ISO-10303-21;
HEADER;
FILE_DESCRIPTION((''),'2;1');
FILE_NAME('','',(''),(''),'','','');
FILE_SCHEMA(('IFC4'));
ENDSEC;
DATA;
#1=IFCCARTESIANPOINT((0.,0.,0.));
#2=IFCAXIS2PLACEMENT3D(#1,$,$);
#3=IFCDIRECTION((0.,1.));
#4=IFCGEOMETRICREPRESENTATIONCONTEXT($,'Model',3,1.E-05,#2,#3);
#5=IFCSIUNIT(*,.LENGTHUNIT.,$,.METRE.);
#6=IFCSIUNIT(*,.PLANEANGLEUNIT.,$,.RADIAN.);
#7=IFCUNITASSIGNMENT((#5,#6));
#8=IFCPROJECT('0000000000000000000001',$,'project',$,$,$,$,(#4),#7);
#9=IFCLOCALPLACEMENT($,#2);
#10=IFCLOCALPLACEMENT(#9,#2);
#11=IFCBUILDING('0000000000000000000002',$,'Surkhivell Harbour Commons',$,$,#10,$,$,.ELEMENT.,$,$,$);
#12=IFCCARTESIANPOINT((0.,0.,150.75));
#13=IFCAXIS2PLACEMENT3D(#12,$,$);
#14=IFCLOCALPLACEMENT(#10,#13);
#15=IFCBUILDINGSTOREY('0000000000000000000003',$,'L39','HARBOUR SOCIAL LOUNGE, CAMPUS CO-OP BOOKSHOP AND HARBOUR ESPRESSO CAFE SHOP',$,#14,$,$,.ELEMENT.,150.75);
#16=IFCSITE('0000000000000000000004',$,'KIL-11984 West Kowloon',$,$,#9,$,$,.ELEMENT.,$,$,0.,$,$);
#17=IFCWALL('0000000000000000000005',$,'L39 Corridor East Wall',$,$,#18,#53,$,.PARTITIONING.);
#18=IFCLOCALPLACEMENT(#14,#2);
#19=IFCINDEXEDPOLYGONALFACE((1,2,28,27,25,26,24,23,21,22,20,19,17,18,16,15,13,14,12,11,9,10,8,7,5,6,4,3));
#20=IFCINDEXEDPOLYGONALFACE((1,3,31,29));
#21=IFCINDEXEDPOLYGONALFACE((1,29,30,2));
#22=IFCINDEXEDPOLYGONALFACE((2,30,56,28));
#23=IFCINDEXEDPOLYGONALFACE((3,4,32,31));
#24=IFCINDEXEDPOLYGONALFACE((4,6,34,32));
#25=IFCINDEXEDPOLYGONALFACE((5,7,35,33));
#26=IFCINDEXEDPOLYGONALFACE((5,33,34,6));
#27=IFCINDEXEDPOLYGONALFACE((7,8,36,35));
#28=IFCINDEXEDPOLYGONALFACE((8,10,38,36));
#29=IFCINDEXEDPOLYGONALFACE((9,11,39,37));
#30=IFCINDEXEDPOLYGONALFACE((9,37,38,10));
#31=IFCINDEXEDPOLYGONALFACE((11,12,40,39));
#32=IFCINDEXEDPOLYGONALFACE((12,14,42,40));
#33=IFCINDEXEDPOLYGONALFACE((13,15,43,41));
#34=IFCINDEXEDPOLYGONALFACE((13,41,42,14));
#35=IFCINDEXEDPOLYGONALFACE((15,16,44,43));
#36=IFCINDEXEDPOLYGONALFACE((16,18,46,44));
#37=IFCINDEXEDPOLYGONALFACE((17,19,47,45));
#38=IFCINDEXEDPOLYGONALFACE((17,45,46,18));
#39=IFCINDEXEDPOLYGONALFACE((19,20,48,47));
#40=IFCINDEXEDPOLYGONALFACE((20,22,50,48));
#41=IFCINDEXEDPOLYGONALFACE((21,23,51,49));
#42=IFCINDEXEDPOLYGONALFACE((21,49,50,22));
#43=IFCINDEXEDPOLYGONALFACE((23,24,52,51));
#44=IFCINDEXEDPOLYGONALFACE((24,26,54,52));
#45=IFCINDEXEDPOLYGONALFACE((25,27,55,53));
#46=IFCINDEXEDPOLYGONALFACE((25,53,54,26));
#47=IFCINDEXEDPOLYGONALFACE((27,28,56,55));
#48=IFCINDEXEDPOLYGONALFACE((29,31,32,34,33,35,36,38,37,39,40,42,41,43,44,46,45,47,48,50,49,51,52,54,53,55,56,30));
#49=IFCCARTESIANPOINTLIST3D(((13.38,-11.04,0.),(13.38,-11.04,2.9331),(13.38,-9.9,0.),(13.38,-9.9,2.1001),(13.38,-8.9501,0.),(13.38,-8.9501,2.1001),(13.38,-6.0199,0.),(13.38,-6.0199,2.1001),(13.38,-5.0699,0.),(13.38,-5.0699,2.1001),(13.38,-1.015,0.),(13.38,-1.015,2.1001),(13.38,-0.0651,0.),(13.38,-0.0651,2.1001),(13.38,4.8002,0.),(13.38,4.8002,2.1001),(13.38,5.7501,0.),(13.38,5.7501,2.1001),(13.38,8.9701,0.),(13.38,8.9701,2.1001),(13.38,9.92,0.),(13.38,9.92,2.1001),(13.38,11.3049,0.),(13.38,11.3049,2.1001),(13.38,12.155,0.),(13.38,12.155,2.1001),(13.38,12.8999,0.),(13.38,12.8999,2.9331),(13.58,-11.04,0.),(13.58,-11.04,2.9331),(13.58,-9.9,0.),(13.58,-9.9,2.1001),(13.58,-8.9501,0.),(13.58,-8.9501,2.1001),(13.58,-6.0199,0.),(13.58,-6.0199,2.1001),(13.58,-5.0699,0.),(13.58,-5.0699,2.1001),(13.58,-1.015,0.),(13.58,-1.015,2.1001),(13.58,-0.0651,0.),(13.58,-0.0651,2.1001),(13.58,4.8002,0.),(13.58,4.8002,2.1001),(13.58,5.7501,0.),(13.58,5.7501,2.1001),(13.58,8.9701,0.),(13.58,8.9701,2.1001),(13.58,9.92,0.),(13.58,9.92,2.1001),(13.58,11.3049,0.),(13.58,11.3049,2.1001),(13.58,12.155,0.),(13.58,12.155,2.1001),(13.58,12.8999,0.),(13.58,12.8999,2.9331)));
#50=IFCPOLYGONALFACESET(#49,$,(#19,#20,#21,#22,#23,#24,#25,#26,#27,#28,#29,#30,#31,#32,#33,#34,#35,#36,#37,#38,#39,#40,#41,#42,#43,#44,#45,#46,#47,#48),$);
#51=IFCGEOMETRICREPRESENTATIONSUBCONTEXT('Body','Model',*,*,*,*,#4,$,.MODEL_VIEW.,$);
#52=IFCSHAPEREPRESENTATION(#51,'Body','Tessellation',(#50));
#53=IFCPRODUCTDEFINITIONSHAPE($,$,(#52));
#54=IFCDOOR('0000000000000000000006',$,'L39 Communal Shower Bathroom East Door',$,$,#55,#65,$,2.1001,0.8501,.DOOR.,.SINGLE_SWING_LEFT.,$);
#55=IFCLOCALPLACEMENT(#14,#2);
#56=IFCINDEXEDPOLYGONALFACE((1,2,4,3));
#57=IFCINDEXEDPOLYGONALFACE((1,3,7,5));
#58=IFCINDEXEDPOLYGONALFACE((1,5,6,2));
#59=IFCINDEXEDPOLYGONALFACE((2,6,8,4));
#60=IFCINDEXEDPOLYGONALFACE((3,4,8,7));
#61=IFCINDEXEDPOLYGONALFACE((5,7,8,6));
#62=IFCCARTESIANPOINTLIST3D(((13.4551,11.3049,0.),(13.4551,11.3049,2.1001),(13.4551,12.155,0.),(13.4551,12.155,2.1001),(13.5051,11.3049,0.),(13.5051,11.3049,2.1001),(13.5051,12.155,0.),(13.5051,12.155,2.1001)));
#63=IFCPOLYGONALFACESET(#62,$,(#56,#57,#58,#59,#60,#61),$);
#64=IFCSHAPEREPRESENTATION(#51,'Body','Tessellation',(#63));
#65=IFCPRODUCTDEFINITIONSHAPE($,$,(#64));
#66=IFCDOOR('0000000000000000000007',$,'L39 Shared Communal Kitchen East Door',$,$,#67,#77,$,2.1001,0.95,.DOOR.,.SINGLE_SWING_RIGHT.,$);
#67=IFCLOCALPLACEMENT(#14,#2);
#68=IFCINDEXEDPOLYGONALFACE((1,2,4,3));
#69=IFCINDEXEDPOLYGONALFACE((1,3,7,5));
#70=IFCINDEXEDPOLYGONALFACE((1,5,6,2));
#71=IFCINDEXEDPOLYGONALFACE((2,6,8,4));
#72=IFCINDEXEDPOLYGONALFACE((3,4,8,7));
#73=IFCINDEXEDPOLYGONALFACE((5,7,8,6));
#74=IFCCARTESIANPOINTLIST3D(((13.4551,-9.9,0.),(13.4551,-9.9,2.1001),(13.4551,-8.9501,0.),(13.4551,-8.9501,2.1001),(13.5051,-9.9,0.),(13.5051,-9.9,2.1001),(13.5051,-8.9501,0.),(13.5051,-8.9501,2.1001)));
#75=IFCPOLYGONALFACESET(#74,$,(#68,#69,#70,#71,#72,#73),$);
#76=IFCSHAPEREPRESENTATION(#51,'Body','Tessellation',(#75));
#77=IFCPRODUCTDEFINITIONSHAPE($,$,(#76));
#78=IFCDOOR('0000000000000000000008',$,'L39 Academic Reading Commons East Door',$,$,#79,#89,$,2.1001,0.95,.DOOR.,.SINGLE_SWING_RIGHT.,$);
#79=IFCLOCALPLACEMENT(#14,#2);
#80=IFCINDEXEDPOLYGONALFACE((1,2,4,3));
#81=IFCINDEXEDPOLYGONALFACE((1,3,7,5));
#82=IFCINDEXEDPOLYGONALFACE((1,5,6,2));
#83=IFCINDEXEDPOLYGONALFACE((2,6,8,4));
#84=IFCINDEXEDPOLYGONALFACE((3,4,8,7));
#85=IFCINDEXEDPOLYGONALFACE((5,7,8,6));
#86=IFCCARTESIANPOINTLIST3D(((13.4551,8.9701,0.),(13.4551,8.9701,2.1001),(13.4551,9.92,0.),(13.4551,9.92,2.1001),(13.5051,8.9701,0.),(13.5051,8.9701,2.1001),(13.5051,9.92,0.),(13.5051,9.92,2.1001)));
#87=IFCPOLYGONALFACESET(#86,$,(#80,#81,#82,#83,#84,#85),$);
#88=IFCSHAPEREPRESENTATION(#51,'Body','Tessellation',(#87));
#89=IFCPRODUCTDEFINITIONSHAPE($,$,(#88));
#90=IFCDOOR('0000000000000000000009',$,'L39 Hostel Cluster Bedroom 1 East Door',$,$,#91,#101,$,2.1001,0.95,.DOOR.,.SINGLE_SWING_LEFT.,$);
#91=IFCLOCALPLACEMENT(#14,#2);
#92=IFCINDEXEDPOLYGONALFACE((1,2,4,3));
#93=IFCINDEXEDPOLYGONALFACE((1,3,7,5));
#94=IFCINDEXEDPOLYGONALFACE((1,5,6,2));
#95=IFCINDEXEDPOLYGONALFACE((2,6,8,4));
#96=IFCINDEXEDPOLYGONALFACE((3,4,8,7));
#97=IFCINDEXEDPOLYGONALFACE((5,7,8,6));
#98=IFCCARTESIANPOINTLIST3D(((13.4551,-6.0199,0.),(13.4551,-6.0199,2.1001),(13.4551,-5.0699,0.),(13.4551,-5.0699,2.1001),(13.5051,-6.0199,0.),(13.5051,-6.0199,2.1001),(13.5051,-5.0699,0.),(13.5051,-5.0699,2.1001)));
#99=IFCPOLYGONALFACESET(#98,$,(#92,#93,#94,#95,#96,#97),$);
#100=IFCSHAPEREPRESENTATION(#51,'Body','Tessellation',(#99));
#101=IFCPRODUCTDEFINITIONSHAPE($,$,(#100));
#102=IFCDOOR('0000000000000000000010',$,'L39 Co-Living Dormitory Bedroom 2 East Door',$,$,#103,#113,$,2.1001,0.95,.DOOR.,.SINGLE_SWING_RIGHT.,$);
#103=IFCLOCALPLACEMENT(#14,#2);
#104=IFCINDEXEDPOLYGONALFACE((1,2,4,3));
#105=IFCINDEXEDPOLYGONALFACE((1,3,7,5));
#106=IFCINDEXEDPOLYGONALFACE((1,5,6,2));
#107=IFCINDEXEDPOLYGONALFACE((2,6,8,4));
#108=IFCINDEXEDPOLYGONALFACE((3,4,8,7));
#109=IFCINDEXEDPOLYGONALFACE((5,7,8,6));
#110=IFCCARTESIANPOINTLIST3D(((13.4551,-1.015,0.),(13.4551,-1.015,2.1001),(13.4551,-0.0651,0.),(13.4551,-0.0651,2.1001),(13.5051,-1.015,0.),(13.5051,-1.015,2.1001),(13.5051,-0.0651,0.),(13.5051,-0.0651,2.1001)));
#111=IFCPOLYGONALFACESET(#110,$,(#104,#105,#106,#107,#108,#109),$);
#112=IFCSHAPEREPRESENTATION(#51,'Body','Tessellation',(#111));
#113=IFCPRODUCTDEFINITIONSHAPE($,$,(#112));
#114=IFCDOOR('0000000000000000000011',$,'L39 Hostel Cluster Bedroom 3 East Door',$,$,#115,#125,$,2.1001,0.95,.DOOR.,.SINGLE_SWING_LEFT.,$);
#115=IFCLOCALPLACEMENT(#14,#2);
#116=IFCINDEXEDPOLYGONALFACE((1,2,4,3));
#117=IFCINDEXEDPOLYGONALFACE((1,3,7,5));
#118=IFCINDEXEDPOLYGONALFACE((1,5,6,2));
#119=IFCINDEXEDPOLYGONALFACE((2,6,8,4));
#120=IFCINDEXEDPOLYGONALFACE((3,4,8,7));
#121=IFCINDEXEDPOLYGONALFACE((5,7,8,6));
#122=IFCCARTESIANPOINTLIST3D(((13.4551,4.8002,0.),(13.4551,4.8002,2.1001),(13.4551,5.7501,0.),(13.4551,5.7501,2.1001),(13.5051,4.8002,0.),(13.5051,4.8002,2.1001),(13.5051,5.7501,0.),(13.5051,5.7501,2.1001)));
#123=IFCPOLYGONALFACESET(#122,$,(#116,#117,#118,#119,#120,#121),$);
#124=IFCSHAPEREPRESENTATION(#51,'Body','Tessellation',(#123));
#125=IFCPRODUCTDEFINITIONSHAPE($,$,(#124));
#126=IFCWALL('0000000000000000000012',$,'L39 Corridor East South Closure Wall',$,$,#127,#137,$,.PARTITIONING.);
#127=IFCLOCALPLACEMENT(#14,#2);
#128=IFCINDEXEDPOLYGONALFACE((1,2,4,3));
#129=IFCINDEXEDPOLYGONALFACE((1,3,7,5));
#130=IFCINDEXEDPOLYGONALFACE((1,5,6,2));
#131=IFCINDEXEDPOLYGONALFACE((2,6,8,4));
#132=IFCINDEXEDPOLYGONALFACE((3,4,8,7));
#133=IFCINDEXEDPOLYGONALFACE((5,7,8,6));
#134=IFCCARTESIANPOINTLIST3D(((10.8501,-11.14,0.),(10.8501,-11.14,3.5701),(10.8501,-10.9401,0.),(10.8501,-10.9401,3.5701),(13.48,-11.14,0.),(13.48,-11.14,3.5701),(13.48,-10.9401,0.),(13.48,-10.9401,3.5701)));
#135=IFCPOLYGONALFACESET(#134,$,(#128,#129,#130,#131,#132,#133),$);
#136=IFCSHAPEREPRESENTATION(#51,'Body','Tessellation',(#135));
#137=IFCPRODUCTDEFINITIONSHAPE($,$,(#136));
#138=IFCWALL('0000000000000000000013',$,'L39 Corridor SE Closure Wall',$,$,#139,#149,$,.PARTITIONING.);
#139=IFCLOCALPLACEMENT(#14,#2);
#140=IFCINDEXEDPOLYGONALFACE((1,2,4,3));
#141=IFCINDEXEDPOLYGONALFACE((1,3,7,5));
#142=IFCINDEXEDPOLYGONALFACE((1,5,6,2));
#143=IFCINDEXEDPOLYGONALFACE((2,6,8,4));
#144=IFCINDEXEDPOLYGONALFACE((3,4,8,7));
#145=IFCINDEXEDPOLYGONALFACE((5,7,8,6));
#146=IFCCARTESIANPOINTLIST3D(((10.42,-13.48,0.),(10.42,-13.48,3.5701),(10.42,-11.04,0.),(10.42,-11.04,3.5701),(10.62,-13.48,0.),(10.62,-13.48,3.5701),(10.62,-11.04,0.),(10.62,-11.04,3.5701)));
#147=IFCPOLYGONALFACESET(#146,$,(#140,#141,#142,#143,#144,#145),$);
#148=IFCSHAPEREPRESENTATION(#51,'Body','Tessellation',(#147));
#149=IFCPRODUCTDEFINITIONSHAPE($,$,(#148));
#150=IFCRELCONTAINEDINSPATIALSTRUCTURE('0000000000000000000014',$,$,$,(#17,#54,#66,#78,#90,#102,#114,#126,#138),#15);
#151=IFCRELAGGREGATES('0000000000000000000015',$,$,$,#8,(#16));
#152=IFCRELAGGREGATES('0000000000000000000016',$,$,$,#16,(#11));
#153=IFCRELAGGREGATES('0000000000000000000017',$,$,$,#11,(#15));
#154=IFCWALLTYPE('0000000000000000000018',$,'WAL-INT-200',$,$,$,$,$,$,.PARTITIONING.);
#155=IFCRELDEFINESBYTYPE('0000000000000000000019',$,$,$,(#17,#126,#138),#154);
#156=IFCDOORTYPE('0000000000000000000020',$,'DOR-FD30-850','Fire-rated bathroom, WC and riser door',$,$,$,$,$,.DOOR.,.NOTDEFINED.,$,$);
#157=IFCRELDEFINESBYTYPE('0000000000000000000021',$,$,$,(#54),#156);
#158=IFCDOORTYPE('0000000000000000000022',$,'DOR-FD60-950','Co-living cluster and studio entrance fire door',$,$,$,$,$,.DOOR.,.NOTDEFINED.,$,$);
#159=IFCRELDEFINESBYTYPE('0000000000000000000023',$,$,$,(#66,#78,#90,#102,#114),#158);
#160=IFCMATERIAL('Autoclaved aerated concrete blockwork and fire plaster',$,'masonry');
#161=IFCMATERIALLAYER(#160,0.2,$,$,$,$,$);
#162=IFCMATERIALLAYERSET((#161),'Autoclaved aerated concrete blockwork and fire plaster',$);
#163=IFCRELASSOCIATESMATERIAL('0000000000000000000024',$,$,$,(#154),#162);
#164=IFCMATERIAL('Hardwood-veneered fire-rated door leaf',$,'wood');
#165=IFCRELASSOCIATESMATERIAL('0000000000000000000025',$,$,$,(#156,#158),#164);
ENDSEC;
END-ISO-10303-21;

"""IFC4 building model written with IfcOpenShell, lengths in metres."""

from ifc_helpers import new_model, si_unit, direction, frame, frame_2d, origin, place, context, subcontext, project, spatial, rectangle, extrude, material, layer, layer_set, type_object, element, fill, save


model = new_model("IFC4")

# Units and contexts
model_context = context("Model", 3, precision=1e-05, world=origin(), true_north=direction((0.0, 1.0)))
body_context = subcontext(model_context, "Body", "Model", "MODEL_VIEW")
ifc_project = project(units=[si_unit("LENGTHUNIT", "METRE"), si_unit("PLANEANGLEUNIT", "RADIAN")], contexts=[model_context])

# Site, building, storey
site_placement = place(None, origin())
site = spatial("IfcSite", under=ifc_project, at=site_placement, Name="KIL-11984 West Kowloon", CompositionType="ELEMENT", RefElevation=0.0)
building_placement = place(site_placement, origin())
building = spatial("IfcBuilding", under=site, at=building_placement, Name="Surkhivell Harbour Commons", CompositionType="ELEMENT")
storey_placement = place(building_placement, frame((0.0, 0.0, 150.75)))
storey = spatial("IfcBuildingStorey", under=building, at=storey_placement, Name="L39", Description="HARBOUR SOCIAL LOUNGE, CAMPUS CO-OP BOOKSHOP AND HARBOUR ESPRESSO CAFE SHOP", CompositionType="ELEMENT", Elevation=150.75)

# Shared definitions
ifc_material_1 = material(Name="Autoclaved aerated concrete blockwork and fire plaster", Category="masonry")
ifc_layer_1 = layer(ifc_material_1, 0.2)
ifc_layer_set_1 = layer_set([ifc_layer_1], Name="Autoclaved aerated concrete blockwork and fire plaster")
wall_type_1 = type_object("IfcWallType", Name="WAL-INT-200", PredefinedType="PARTITIONING", material=ifc_layer_set_1)

# Wall, openings, doors
wall_1_placement = place(storey_placement, frame((13.48, -11.04, 0.0), z_axis=(0.0, 0.0, 1.0), x_axis=(0.0, 1.0, 0.0)))
wall_1 = element("IfcWall", 1, at=wall_1_placement, inside=storey, type_object=wall_type_1, Name="L39 Corridor East Wall", PredefinedType="PARTITIONING", context=body_context, shape_type="SweptSolid", body=[
    extrude(rectangle(XDim=23.9399, YDim=0.2, at=frame_2d((11.97, 0.0))), origin(), (0.0, 0.0, 1.0), 2.9331),
])
opening_1_placement = place(wall_1_placement, frame((1.1399, 0.0, 0.0)))
opening_1 = element("IfcOpeningElement", 2, at=opening_1_placement, cuts=wall_1, PredefinedType="OPENING", context=body_context, shape_type="SweptSolid", body=[
    extrude(rectangle(XDim=0.95, YDim=2.1001, at=frame_2d((0.4751, 1.05))), frame((0.0, 0.1099, 0.0), z_axis=(0.0, -1.0, 0.0), x_axis=(1.0, 0.0, 0.0)), (0.0, 0.0, 1.0), 0.22),
])
opening_2_placement = place(wall_1_placement, frame((22.345, 0.0, 0.0)))
opening_2 = element("IfcOpeningElement", 3, at=opening_2_placement, cuts=wall_1, PredefinedType="OPENING", context=body_context, shape_type="SweptSolid", body=[
    extrude(rectangle(XDim=0.8501, YDim=2.1001, at=frame_2d((0.425, 1.05))), frame((0.0, 0.1099, 0.0), z_axis=(0.0, -1.0, 0.0), x_axis=(1.0, 0.0, 0.0)), (0.0, 0.0, 1.0), 0.22),
])
opening_3_placement = place(wall_1_placement, frame((20.01, 0.0, 0.0)))
opening_3 = element("IfcOpeningElement", 4, at=opening_3_placement, cuts=wall_1, PredefinedType="OPENING", context=body_context, shape_type="SweptSolid", body=[
    extrude(rectangle(XDim=0.95, YDim=2.1001, at=frame_2d((0.4751, 1.05))), frame((0.0, 0.1099, 0.0), z_axis=(0.0, -1.0, 0.0), x_axis=(1.0, 0.0, 0.0)), (0.0, 0.0, 1.0), 0.22),
])
opening_4_placement = place(wall_1_placement, frame((5.02, 0.0, 0.0)))
opening_4 = element("IfcOpeningElement", 5, at=opening_4_placement, cuts=wall_1, PredefinedType="OPENING", context=body_context, shape_type="SweptSolid", body=[
    extrude(rectangle(XDim=0.95, YDim=2.1001, at=frame_2d((0.4751, 1.05))), frame((0.0, 0.1099, 0.0), z_axis=(0.0, -1.0, 0.0), x_axis=(1.0, 0.0, 0.0)), (0.0, 0.0, 1.0), 0.22),
])
opening_5_placement = place(wall_1_placement, frame((10.0249, 0.0, 0.0)))
opening_5 = element("IfcOpeningElement", 6, at=opening_5_placement, cuts=wall_1, PredefinedType="OPENING", context=body_context, shape_type="SweptSolid", body=[
    extrude(rectangle(XDim=0.95, YDim=2.1001, at=frame_2d((0.4751, 1.05))), frame((0.0, 0.1099, 0.0), z_axis=(0.0, -1.0, 0.0), x_axis=(1.0, 0.0, 0.0)), (0.0, 0.0, 1.0), 0.22),
])
opening_6_placement = place(wall_1_placement, frame((15.8401, 0.0, 0.0)))
opening_6 = element("IfcOpeningElement", 7, at=opening_6_placement, cuts=wall_1, PredefinedType="OPENING", context=body_context, shape_type="SweptSolid", body=[
    extrude(rectangle(XDim=0.95, YDim=2.1001, at=frame_2d((0.4751, 1.05))), frame((0.0, 0.1099, 0.0), z_axis=(0.0, -1.0, 0.0), x_axis=(1.0, 0.0, 0.0)), (0.0, 0.0, 1.0), 0.22),
])
ifc_material_2 = material(Name="Hardwood-veneered fire-rated door leaf", Category="wood")
door_type_1 = type_object("IfcDoorType", Name="DOR-FD30-850", Description="Fire-rated bathroom, WC and riser door", OperationType="NOTDEFINED", PredefinedType="DOOR", material=ifc_material_2)
door_1_placement = place(opening_2_placement, origin())
door_1 = element("IfcDoor", 8, at=door_1_placement, inside=storey, type_object=door_type_1, Name="L39 Communal Shower Bathroom East Door", OperationType="SINGLE_SWING_LEFT", OverallHeight=2.1001, OverallWidth=0.8501, PredefinedType="DOOR", context=body_context, shape_type="SweptSolid", body=[
    extrude(rectangle(XDim=0.8501, YDim=2.1001, at=frame_2d((0.425, 1.05))), frame((0.0, 0.0249, 0.0), z_axis=(0.0, -1.0, 0.0), x_axis=(1.0, 0.0, 0.0)), (0.0, 0.0, 1.0), 0.05),
])
fill(opening_2, door_1)
door_type_2 = type_object("IfcDoorType", Name="DOR-FD60-950", Description="Co-living cluster and studio entrance fire door", OperationType="NOTDEFINED", PredefinedType="DOOR", material=ifc_material_2)
door_2_placement = place(opening_1_placement, origin())
door_2 = element("IfcDoor", 9, at=door_2_placement, inside=storey, type_object=door_type_2, Name="L39 Shared Communal Kitchen East Door", OperationType="SINGLE_SWING_RIGHT", OverallHeight=2.1001, OverallWidth=0.95, PredefinedType="DOOR", context=body_context, shape_type="SweptSolid", body=[
    extrude(rectangle(XDim=0.95, YDim=2.1001, at=frame_2d((0.4751, 1.05))), frame((0.0, 0.0249, 0.0), z_axis=(0.0, -1.0, 0.0), x_axis=(1.0, 0.0, 0.0)), (0.0, 0.0, 1.0), 0.05),
])
fill(opening_1, door_2)
door_3_placement = place(opening_3_placement, origin())
door_3 = element("IfcDoor", 10, at=door_3_placement, inside=storey, type_object=door_type_2, Name="L39 Academic Reading Commons East Door", OperationType="SINGLE_SWING_RIGHT", OverallHeight=2.1001, OverallWidth=0.95, PredefinedType="DOOR", context=body_context, shape_type="SweptSolid", body=[
    extrude(rectangle(XDim=0.95, YDim=2.1001, at=frame_2d((0.4751, 1.05))), frame((0.0, 0.0249, 0.0), z_axis=(0.0, -1.0, 0.0), x_axis=(1.0, 0.0, 0.0)), (0.0, 0.0, 1.0), 0.05),
])
fill(opening_3, door_3)
door_4_placement = place(opening_4_placement, origin())
door_4 = element("IfcDoor", 11, at=door_4_placement, inside=storey, type_object=door_type_2, Name="L39 Hostel Cluster Bedroom 1 East Door", OperationType="SINGLE_SWING_LEFT", OverallHeight=2.1001, OverallWidth=0.95, PredefinedType="DOOR", context=body_context, shape_type="SweptSolid", body=[
    extrude(rectangle(XDim=0.95, YDim=2.1001, at=frame_2d((0.4751, 1.05))), frame((0.0, 0.0249, 0.0), z_axis=(0.0, -1.0, 0.0), x_axis=(1.0, 0.0, 0.0)), (0.0, 0.0, 1.0), 0.05),
])
fill(opening_4, door_4)
door_5_placement = place(opening_5_placement, origin())
door_5 = element("IfcDoor", 12, at=door_5_placement, inside=storey, type_object=door_type_2, Name="L39 Co-Living Dormitory Bedroom 2 East Door", OperationType="SINGLE_SWING_RIGHT", OverallHeight=2.1001, OverallWidth=0.95, PredefinedType="DOOR", context=body_context, shape_type="SweptSolid", body=[
    extrude(rectangle(XDim=0.95, YDim=2.1001, at=frame_2d((0.4751, 1.05))), frame((0.0, 0.0249, 0.0), z_axis=(0.0, -1.0, 0.0), x_axis=(1.0, 0.0, 0.0)), (0.0, 0.0, 1.0), 0.05),
])
fill(opening_5, door_5)
door_6_placement = place(opening_6_placement, origin())
door_6 = element("IfcDoor", 13, at=door_6_placement, inside=storey, type_object=door_type_2, Name="L39 Hostel Cluster Bedroom 3 East Door", OperationType="SINGLE_SWING_LEFT", OverallHeight=2.1001, OverallWidth=0.95, PredefinedType="DOOR", context=body_context, shape_type="SweptSolid", body=[
    extrude(rectangle(XDim=0.95, YDim=2.1001, at=frame_2d((0.4751, 1.05))), frame((0.0, 0.0249, 0.0), z_axis=(0.0, -1.0, 0.0), x_axis=(1.0, 0.0, 0.0)), (0.0, 0.0, 1.0), 0.05),
])
fill(opening_6, door_6)

# Walls
wall_2_placement = place(storey_placement, frame((10.8501, -11.04, 0.0), z_axis=(0.0, 0.0, 1.0), x_axis=(1.0, 0.0, 0.0)))
element("IfcWall", 14, at=wall_2_placement, inside=storey, type_object=wall_type_1, Name="L39 Corridor East South Closure Wall", PredefinedType="PARTITIONING", context=body_context, shape_type="SweptSolid", body=[
    extrude(rectangle(XDim=2.6299, YDim=0.2, at=frame_2d((1.3149, 0.0))), origin(), (0.0, 0.0, 1.0), 3.5701),
])
wall_3_placement = place(storey_placement, frame((10.52, -13.48, 0.0), z_axis=(0.0, 0.0, 1.0), x_axis=(0.0, 1.0, 0.0)))
element("IfcWall", 15, at=wall_3_placement, inside=storey, type_object=wall_type_1, Name="L39 Corridor SE Closure Wall", PredefinedType="PARTITIONING", context=body_context, shape_type="SweptSolid", body=[
    extrude(rectangle(XDim=2.4399, YDim=0.2, at=frame_2d((1.22, 0.0))), origin(), (0.0, 0.0, 1.0), 3.5701),
])

save(model, "model.ifc")
